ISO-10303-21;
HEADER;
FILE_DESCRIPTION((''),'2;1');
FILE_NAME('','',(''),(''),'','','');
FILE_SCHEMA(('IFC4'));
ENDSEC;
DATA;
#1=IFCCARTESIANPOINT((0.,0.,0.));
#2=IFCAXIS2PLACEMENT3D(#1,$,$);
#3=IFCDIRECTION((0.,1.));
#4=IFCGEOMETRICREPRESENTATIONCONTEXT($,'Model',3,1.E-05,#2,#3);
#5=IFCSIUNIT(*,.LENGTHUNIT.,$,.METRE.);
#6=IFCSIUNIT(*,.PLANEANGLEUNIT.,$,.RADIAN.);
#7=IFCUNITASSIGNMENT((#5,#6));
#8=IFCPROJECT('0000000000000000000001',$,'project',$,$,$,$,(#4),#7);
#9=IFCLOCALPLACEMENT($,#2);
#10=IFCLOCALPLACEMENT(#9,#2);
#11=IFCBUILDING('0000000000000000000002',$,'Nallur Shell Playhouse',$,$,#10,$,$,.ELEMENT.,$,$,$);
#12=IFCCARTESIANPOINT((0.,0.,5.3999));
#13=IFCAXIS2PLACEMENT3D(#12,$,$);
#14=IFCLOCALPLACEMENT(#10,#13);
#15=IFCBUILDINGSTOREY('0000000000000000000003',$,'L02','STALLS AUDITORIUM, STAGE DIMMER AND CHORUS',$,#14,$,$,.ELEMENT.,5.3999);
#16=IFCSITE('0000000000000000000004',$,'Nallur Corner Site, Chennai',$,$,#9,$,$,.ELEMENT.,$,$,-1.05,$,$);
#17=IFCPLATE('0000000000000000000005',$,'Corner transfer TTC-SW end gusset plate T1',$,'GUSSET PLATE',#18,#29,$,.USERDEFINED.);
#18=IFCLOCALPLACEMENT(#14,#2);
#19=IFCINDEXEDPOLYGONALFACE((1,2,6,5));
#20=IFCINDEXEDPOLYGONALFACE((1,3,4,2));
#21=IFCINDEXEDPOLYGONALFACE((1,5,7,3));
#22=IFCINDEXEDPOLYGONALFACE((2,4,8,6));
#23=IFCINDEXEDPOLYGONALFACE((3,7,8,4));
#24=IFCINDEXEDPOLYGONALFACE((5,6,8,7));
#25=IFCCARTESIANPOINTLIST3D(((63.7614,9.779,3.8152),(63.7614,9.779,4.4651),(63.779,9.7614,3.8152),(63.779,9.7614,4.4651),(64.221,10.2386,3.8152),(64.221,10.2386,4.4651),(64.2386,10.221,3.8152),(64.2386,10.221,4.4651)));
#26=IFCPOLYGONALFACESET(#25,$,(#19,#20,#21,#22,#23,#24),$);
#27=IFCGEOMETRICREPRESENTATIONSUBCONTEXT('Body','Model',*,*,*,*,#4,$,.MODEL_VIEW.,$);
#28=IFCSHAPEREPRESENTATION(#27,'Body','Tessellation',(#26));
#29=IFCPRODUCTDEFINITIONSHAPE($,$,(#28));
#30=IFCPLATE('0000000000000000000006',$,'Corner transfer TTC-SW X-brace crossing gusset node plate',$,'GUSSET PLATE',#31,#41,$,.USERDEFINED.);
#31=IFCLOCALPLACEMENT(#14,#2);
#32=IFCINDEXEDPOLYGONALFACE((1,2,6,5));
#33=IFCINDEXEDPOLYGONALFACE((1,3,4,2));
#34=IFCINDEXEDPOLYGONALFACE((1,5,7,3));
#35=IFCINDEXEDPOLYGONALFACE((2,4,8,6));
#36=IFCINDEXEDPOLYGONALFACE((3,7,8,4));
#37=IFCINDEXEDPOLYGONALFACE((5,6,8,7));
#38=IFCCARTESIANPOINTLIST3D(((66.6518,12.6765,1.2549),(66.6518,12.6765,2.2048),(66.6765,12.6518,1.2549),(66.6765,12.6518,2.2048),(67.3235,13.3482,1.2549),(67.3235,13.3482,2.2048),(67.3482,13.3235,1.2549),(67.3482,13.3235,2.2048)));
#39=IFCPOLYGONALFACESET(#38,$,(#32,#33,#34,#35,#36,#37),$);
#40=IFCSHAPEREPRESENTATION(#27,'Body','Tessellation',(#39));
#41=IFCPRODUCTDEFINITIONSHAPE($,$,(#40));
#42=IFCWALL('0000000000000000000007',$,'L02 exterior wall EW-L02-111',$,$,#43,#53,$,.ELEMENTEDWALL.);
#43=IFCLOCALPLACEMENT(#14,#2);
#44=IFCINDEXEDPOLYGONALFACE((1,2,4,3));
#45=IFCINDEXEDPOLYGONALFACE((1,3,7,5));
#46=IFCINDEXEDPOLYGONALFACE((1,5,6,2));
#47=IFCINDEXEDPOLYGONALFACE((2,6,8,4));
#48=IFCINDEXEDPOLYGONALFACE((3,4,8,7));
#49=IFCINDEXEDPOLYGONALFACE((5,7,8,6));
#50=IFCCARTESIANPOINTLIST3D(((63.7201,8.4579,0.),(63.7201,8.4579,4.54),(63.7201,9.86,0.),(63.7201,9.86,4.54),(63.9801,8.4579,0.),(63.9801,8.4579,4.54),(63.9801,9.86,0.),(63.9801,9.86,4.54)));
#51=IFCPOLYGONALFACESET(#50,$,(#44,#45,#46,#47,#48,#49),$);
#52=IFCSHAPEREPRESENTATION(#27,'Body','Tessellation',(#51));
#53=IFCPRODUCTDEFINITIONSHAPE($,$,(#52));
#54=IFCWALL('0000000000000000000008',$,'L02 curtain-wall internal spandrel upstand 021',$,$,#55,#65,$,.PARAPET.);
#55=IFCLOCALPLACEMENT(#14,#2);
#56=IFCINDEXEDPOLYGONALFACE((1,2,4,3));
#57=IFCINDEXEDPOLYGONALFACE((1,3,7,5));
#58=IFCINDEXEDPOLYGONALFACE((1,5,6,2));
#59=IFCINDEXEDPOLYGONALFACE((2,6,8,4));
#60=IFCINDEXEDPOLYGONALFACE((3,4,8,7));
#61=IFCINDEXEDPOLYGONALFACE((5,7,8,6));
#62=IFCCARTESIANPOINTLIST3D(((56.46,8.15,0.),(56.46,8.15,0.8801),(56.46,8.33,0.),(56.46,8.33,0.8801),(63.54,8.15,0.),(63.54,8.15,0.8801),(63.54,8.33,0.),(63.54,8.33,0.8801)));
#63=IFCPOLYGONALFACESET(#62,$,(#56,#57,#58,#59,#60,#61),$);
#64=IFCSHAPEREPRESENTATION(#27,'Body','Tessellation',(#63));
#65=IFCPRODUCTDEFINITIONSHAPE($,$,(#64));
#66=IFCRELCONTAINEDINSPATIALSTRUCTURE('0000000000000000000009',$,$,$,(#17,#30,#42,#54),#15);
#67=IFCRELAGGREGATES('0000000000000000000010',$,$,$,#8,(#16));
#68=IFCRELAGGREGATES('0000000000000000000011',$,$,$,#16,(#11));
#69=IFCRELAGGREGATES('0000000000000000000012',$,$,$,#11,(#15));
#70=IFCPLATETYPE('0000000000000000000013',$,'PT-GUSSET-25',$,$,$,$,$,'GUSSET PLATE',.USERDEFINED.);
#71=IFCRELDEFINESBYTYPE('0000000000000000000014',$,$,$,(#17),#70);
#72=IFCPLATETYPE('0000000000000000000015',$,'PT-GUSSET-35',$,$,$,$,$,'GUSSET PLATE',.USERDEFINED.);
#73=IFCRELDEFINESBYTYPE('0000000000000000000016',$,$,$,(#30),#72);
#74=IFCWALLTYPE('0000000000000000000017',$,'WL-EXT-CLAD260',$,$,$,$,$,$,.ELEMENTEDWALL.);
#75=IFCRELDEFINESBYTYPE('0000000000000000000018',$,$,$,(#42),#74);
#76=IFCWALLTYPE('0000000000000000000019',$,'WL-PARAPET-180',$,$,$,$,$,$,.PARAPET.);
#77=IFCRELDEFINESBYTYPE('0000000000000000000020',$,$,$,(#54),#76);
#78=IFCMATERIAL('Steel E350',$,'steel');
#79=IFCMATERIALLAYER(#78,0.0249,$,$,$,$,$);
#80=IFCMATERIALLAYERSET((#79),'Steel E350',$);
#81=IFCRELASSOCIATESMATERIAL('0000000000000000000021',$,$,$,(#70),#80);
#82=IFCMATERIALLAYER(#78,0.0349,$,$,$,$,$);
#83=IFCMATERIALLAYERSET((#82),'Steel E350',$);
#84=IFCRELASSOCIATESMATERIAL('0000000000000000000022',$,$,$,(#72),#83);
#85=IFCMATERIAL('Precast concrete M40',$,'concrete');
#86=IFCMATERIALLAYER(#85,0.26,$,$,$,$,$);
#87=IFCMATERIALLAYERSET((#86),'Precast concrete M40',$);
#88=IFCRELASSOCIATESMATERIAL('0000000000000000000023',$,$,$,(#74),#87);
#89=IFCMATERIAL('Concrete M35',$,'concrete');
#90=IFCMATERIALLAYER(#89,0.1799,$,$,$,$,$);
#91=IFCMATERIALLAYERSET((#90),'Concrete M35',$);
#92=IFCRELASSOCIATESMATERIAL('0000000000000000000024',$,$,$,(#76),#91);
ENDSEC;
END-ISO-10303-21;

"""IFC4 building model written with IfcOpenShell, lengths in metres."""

from ifc_helpers import new_model, si_unit, direction, frame, frame_2d, origin, origin_2d, place, context, subcontext, project, spatial, rectangle, extrude, material, layer, layer_set, type_object, element, save


model = new_model("IFC4")

# Units and contexts
model_context = context("Model", 3, precision=1e-05, world=origin(), true_north=direction((0.0, 1.0)))
body_context = subcontext(model_context, "Body", "Model", "MODEL_VIEW")
ifc_project = project(units=[si_unit("LENGTHUNIT", "METRE"), si_unit("PLANEANGLEUNIT", "RADIAN")], contexts=[model_context])

# Site, building, storey
site_placement = place(None, origin())
site = spatial("IfcSite", under=ifc_project, at=site_placement, Name="Nallur Corner Site, Chennai", CompositionType="ELEMENT", RefElevation=-1.05)
building_placement = place(site_placement, origin())
building = spatial("IfcBuilding", under=site, at=building_placement, Name="Nallur Shell Playhouse", CompositionType="ELEMENT")
storey_placement = place(building_placement, frame((0.0, 0.0, 5.3999)))
storey = spatial("IfcBuildingStorey", under=building, at=storey_placement, Name="L02", Description="STALLS AUDITORIUM, STAGE DIMMER AND CHORUS", CompositionType="ELEMENT", Elevation=5.3999)

# Shared definitions
ifc_material_1 = material(Name="Concrete M35", Category="concrete")
ifc_material_2 = material(Name="Steel E350", Category="steel")

# Plates
ifc_layer_1 = layer(ifc_material_2, 0.0249)
ifc_layer_set_1 = layer_set([ifc_layer_1], Name="Steel E350")
plate_type_1 = type_object("IfcPlateType", Name="PT-GUSSET-25", ElementType="GUSSET PLATE", PredefinedType="USERDEFINED", material=ifc_layer_set_1)
for number, where, z_axis, x_axis, name in (
    (1, (64.0, 10.0, 3.8152), (0.0, 0.0, 1.0), (-0.707107, -0.707107, 0.0), "Corner transfer TTC-SW end gusset plate T1"),
):
    element("IfcPlate", number, at=place(storey_placement, frame(where, z_axis=z_axis, x_axis=x_axis)), inside=storey, type_object=plate_type_1, Name=name, ObjectType="GUSSET PLATE", PredefinedType="USERDEFINED", context=body_context, shape_type="SweptSolid", body=[
        extrude(rectangle(XDim=0.6499, YDim=0.0249, at=origin_2d()), origin(), (0.0, 0.0, 1.0), 0.6499),
    ])
ifc_layer_2 = layer(ifc_material_2, 0.0349)
ifc_layer_set_2 = layer_set([ifc_layer_2], Name="Steel E350")
plate_type_2 = type_object("IfcPlateType", Name="PT-GUSSET-35", ElementType="GUSSET PLATE", PredefinedType="USERDEFINED", material=ifc_layer_set_2)
plate_1_placement = place(storey_placement, frame((67.0, 13.0, 1.2549), z_axis=(0.0, 0.0, 1.0), x_axis=(-0.707107, -0.707107, 0.0)))
element("IfcPlate", 2, at=plate_1_placement, inside=storey, type_object=plate_type_2, Name="Corner transfer TTC-SW X-brace crossing gusset node plate", ObjectType="GUSSET PLATE", PredefinedType="USERDEFINED", context=body_context, shape_type="SweptSolid", body=[
    extrude(rectangle(XDim=0.95, YDim=0.0349, at=origin_2d()), origin(), (0.0, 0.0, 1.0), 0.95),
])

# Walls
ifc_material_3 = material(Name="Precast concrete M40", Category="concrete")
ifc_layer_3 = layer(ifc_material_3, 0.26)
ifc_layer_set_3 = layer_set([ifc_layer_3], Name="Precast concrete M40")
wall_type_1 = type_object("IfcWallType", Name="WL-EXT-CLAD260", PredefinedType="ELEMENTEDWALL", material=ifc_layer_set_3)
wall_1_placement = place(storey_placement, frame((63.8501, 9.8601, 0.0), z_axis=(0.0, 0.0, 1.0), x_axis=(0.0, -1.0, 0.0)))
element("IfcWall", 3, at=wall_1_placement, inside=storey, type_object=wall_type_1, Name="L02 exterior wall EW-L02-111", PredefinedType="ELEMENTEDWALL", context=body_context, shape_type="SweptSolid", body=[
    extrude(rectangle(XDim=1.4021, YDim=0.26, at=frame_2d((0.7012, 0.0))), origin(), (0.0, 0.0, 1.0), 4.54),
])
ifc_layer_4 = layer(ifc_material_1, 0.1799)
ifc_layer_set_4 = layer_set([ifc_layer_4], Name="Concrete M35")
wall_type_2 = type_object("IfcWallType", Name="WL-PARAPET-180", PredefinedType="PARAPET", material=ifc_layer_set_4)
wall_2_placement = place(storey_placement, frame((63.54, 8.24, 0.0), z_axis=(0.0, 0.0, 1.0), x_axis=(-1.0, 0.0, 0.0)))
element("IfcWall", 4, at=wall_2_placement, inside=storey, type_object=wall_type_2, Name="L02 curtain-wall internal spandrel upstand 021", PredefinedType="PARAPET", context=body_context, shape_type="SweptSolid", body=[
    extrude(rectangle(XDim=7.0801, YDim=0.1799, at=frame_2d((3.54, 0.0))), origin(), (0.0, 0.0, 1.0), 0.8801),
])

save(model, "model.ifc")
